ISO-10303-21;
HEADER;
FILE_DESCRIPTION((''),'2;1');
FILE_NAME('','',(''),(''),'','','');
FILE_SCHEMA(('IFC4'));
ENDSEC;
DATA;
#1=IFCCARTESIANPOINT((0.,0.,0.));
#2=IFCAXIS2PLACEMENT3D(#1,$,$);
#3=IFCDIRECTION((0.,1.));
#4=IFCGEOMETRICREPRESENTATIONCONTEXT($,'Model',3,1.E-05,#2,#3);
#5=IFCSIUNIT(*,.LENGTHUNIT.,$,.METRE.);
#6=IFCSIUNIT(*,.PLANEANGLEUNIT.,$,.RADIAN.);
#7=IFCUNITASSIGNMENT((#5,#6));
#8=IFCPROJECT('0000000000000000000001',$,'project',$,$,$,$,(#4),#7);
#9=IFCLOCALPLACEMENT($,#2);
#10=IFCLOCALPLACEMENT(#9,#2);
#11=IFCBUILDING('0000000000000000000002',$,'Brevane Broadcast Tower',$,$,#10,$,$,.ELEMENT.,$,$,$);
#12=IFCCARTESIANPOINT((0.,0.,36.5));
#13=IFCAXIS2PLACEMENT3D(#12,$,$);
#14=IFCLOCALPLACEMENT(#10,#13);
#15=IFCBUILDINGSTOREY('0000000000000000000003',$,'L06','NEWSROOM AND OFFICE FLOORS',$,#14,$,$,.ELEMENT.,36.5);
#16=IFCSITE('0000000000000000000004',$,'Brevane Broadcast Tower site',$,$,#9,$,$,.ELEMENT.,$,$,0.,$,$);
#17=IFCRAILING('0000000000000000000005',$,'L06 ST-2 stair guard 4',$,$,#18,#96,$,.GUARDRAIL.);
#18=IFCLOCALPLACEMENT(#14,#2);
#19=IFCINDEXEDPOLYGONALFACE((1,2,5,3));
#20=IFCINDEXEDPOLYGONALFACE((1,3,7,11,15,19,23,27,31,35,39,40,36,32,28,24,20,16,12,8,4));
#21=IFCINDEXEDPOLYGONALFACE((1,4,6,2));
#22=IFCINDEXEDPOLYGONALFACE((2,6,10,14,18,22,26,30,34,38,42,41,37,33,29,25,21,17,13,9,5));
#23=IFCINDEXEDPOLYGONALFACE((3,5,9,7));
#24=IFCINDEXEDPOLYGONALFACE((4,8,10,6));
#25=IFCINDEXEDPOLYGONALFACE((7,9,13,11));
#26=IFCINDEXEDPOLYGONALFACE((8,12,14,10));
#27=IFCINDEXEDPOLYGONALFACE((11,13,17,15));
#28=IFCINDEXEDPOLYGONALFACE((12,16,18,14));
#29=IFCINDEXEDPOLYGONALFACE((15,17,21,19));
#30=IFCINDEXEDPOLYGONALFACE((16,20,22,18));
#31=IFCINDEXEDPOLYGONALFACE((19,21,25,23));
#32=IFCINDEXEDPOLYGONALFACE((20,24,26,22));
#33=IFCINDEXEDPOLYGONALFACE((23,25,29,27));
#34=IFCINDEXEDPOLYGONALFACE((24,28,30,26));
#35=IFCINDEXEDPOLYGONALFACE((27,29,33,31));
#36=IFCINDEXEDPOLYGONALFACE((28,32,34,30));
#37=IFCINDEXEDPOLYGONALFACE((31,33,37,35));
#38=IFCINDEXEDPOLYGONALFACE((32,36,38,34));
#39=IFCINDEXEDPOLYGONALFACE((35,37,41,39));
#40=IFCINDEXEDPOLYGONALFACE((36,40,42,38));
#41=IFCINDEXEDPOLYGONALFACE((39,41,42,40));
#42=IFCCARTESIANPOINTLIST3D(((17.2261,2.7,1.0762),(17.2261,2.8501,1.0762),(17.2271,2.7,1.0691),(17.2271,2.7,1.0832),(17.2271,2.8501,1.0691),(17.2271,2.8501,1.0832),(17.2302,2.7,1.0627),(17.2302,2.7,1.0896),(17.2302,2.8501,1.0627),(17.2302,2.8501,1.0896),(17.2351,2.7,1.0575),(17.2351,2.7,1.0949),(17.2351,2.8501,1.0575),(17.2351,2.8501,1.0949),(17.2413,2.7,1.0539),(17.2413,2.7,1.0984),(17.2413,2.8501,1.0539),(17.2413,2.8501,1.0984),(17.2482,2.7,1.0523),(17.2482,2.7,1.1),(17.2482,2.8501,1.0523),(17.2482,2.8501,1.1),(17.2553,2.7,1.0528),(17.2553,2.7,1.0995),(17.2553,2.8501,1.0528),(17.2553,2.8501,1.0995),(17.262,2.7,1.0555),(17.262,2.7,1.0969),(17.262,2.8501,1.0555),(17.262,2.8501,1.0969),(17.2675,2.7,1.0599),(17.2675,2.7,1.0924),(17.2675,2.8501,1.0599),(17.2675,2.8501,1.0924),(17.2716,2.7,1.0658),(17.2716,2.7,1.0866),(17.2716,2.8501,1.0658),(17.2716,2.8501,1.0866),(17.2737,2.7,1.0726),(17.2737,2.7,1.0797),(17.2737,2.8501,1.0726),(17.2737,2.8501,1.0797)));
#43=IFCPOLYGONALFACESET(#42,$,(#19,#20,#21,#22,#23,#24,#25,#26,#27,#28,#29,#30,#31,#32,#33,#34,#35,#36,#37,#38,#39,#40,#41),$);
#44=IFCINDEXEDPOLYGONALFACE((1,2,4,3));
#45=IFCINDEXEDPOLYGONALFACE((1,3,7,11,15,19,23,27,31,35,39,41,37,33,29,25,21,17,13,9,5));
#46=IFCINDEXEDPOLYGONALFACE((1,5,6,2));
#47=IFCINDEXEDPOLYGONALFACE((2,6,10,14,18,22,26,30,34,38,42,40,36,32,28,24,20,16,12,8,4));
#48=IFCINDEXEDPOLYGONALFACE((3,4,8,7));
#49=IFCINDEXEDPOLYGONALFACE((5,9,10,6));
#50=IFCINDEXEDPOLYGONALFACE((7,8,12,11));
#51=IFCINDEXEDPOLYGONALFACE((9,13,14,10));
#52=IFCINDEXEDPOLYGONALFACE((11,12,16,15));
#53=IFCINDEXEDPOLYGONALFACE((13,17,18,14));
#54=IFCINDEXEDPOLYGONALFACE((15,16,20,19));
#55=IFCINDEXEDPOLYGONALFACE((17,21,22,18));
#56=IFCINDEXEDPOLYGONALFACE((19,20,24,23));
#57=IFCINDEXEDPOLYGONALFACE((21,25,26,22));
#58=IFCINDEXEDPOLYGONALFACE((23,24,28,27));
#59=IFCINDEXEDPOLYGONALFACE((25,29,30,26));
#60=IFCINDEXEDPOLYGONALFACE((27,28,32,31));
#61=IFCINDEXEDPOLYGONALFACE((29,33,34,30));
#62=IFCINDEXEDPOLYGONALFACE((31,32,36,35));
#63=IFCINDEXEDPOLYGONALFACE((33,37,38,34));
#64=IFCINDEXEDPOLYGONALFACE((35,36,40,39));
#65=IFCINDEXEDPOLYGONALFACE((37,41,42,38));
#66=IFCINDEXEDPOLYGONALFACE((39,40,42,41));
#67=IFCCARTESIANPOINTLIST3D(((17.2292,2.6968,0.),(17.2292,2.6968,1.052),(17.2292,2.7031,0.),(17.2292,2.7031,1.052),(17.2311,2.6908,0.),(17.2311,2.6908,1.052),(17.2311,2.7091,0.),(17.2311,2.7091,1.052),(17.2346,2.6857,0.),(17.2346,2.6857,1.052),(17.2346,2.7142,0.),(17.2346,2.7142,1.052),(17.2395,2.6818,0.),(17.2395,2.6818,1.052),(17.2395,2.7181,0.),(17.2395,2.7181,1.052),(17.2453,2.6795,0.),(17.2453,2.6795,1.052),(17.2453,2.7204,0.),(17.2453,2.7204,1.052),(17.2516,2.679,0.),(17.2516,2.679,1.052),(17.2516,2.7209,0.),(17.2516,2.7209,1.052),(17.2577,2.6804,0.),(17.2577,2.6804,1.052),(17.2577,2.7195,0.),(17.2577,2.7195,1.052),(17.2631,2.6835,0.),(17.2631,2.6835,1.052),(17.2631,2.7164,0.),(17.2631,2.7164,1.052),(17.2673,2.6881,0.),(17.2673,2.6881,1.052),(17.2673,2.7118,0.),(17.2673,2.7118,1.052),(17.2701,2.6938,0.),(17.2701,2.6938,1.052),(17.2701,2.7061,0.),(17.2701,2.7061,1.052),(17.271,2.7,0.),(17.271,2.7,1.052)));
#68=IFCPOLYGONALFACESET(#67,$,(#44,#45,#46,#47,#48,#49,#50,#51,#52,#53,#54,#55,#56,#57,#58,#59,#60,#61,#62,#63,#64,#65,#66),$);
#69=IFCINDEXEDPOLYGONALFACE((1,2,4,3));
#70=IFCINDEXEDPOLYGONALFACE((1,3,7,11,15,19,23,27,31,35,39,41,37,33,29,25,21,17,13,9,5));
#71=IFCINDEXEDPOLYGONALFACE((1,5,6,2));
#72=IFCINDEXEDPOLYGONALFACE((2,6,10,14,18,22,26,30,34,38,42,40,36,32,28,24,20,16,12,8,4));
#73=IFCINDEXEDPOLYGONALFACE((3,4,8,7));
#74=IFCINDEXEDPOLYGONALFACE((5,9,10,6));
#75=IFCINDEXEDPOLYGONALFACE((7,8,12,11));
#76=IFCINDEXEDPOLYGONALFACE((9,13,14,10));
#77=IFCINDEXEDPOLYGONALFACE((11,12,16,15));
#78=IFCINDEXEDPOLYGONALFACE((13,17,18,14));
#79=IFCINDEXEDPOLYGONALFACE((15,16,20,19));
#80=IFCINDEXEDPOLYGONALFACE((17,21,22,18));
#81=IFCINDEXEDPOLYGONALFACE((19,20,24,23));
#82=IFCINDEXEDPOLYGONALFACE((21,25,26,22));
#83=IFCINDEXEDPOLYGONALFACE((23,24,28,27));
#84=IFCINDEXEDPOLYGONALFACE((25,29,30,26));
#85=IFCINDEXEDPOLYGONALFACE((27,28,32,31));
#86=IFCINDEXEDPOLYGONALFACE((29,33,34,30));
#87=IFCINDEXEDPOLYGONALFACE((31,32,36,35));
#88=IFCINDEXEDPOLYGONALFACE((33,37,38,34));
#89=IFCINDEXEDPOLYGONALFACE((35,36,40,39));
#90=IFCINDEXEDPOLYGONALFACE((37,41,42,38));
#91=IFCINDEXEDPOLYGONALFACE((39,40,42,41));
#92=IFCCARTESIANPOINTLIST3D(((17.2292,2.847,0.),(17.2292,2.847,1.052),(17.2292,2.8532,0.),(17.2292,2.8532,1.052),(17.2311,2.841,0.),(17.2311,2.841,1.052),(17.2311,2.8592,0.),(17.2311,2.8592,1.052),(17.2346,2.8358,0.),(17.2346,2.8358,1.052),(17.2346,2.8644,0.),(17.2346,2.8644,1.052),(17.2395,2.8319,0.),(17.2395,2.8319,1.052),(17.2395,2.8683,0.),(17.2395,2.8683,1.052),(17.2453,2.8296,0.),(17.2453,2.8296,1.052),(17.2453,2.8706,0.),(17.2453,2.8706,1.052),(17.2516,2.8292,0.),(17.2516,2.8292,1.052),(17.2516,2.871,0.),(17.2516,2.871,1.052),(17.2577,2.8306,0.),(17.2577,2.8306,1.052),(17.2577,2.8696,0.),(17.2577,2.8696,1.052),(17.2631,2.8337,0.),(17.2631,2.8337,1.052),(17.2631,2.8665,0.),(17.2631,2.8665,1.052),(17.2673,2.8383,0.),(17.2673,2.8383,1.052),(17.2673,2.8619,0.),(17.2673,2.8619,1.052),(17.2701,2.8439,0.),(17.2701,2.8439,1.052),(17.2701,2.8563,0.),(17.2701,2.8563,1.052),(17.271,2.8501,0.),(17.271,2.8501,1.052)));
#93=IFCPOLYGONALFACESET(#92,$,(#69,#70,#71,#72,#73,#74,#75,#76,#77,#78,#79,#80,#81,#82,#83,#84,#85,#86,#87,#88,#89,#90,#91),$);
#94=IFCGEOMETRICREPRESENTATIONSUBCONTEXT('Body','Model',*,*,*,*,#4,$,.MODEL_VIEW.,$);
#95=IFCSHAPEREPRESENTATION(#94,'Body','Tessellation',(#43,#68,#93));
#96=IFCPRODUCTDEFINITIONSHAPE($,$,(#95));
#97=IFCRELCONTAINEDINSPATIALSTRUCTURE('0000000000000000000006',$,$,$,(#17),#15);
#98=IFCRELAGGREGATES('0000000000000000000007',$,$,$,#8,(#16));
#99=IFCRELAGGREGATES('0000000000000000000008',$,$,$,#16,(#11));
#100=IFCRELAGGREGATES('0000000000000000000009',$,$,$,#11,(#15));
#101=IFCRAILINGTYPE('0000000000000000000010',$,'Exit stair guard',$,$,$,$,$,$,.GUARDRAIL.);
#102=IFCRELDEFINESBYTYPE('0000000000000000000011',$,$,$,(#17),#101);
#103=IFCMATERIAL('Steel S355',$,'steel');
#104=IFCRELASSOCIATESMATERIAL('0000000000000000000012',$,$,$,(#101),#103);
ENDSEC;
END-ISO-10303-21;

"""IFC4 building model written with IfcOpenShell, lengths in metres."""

from ifc_helpers import new_model, si_unit, direction, frame, origin, origin_2d, place, context, subcontext, project, spatial, circle, extrude, material, type_object, element, save


model = new_model("IFC4")

# Units and contexts
model_context = context("Model", 3, precision=1e-05, world=origin(), true_north=direction((0.0, 1.0)))
body_context = subcontext(model_context, "Body", "Model", "MODEL_VIEW")
ifc_project = project(units=[si_unit("LENGTHUNIT", "METRE"), si_unit("PLANEANGLEUNIT", "RADIAN")], contexts=[model_context])

# Site, building, storey
site_placement = place(None, origin())
site = spatial("IfcSite", under=ifc_project, at=site_placement, Name="Brevane Broadcast Tower site", CompositionType="ELEMENT", RefElevation=0.0)
building_placement = place(site_placement, origin())
building = spatial("IfcBuilding", under=site, at=building_placement, Name="Brevane Broadcast Tower", CompositionType="ELEMENT")
storey_placement = place(building_placement, frame((0.0, 0.0, 36.5)))
storey = spatial("IfcBuildingStorey", under=building, at=storey_placement, Name="L06", Description="NEWSROOM AND OFFICE FLOORS", CompositionType="ELEMENT", Elevation=36.5)

# Railing
ifc_material_1 = material(Name="Steel S355", Category="steel")
railing_type_1 = type_object("IfcRailingType", Name="Exit stair guard", PredefinedType="GUARDRAIL", material=ifc_material_1)
railing_1_placement = place(storey_placement, frame((17.25, 2.7, 0.0)))
element("IfcRailing", 1, at=railing_1_placement, inside=storey, type_object=railing_type_1, Name="L06 ST-2 stair guard 4", PredefinedType="GUARDRAIL", context=body_context, shape_type="SweptSolid", body=[
    extrude(circle(Radius=0.0239, at=origin_2d()), frame((0.0, 0.0, 1.0762), z_axis=(0.0, 1.0, 0.0), x_axis=(-1.0, 0.0, 0.0)), (0.0, 0.0, 1.0), 0.1501),
    extrude(circle(Radius=0.021, at=origin_2d()), origin(), (0.0, 0.0, 1.0), 1.052),
    extrude(circle(Radius=0.021, at=origin_2d()), frame((0.0, 0.1501, 0.0)), (0.0, 0.0, 1.0), 1.052),
])

save(model, "model.ifc")
